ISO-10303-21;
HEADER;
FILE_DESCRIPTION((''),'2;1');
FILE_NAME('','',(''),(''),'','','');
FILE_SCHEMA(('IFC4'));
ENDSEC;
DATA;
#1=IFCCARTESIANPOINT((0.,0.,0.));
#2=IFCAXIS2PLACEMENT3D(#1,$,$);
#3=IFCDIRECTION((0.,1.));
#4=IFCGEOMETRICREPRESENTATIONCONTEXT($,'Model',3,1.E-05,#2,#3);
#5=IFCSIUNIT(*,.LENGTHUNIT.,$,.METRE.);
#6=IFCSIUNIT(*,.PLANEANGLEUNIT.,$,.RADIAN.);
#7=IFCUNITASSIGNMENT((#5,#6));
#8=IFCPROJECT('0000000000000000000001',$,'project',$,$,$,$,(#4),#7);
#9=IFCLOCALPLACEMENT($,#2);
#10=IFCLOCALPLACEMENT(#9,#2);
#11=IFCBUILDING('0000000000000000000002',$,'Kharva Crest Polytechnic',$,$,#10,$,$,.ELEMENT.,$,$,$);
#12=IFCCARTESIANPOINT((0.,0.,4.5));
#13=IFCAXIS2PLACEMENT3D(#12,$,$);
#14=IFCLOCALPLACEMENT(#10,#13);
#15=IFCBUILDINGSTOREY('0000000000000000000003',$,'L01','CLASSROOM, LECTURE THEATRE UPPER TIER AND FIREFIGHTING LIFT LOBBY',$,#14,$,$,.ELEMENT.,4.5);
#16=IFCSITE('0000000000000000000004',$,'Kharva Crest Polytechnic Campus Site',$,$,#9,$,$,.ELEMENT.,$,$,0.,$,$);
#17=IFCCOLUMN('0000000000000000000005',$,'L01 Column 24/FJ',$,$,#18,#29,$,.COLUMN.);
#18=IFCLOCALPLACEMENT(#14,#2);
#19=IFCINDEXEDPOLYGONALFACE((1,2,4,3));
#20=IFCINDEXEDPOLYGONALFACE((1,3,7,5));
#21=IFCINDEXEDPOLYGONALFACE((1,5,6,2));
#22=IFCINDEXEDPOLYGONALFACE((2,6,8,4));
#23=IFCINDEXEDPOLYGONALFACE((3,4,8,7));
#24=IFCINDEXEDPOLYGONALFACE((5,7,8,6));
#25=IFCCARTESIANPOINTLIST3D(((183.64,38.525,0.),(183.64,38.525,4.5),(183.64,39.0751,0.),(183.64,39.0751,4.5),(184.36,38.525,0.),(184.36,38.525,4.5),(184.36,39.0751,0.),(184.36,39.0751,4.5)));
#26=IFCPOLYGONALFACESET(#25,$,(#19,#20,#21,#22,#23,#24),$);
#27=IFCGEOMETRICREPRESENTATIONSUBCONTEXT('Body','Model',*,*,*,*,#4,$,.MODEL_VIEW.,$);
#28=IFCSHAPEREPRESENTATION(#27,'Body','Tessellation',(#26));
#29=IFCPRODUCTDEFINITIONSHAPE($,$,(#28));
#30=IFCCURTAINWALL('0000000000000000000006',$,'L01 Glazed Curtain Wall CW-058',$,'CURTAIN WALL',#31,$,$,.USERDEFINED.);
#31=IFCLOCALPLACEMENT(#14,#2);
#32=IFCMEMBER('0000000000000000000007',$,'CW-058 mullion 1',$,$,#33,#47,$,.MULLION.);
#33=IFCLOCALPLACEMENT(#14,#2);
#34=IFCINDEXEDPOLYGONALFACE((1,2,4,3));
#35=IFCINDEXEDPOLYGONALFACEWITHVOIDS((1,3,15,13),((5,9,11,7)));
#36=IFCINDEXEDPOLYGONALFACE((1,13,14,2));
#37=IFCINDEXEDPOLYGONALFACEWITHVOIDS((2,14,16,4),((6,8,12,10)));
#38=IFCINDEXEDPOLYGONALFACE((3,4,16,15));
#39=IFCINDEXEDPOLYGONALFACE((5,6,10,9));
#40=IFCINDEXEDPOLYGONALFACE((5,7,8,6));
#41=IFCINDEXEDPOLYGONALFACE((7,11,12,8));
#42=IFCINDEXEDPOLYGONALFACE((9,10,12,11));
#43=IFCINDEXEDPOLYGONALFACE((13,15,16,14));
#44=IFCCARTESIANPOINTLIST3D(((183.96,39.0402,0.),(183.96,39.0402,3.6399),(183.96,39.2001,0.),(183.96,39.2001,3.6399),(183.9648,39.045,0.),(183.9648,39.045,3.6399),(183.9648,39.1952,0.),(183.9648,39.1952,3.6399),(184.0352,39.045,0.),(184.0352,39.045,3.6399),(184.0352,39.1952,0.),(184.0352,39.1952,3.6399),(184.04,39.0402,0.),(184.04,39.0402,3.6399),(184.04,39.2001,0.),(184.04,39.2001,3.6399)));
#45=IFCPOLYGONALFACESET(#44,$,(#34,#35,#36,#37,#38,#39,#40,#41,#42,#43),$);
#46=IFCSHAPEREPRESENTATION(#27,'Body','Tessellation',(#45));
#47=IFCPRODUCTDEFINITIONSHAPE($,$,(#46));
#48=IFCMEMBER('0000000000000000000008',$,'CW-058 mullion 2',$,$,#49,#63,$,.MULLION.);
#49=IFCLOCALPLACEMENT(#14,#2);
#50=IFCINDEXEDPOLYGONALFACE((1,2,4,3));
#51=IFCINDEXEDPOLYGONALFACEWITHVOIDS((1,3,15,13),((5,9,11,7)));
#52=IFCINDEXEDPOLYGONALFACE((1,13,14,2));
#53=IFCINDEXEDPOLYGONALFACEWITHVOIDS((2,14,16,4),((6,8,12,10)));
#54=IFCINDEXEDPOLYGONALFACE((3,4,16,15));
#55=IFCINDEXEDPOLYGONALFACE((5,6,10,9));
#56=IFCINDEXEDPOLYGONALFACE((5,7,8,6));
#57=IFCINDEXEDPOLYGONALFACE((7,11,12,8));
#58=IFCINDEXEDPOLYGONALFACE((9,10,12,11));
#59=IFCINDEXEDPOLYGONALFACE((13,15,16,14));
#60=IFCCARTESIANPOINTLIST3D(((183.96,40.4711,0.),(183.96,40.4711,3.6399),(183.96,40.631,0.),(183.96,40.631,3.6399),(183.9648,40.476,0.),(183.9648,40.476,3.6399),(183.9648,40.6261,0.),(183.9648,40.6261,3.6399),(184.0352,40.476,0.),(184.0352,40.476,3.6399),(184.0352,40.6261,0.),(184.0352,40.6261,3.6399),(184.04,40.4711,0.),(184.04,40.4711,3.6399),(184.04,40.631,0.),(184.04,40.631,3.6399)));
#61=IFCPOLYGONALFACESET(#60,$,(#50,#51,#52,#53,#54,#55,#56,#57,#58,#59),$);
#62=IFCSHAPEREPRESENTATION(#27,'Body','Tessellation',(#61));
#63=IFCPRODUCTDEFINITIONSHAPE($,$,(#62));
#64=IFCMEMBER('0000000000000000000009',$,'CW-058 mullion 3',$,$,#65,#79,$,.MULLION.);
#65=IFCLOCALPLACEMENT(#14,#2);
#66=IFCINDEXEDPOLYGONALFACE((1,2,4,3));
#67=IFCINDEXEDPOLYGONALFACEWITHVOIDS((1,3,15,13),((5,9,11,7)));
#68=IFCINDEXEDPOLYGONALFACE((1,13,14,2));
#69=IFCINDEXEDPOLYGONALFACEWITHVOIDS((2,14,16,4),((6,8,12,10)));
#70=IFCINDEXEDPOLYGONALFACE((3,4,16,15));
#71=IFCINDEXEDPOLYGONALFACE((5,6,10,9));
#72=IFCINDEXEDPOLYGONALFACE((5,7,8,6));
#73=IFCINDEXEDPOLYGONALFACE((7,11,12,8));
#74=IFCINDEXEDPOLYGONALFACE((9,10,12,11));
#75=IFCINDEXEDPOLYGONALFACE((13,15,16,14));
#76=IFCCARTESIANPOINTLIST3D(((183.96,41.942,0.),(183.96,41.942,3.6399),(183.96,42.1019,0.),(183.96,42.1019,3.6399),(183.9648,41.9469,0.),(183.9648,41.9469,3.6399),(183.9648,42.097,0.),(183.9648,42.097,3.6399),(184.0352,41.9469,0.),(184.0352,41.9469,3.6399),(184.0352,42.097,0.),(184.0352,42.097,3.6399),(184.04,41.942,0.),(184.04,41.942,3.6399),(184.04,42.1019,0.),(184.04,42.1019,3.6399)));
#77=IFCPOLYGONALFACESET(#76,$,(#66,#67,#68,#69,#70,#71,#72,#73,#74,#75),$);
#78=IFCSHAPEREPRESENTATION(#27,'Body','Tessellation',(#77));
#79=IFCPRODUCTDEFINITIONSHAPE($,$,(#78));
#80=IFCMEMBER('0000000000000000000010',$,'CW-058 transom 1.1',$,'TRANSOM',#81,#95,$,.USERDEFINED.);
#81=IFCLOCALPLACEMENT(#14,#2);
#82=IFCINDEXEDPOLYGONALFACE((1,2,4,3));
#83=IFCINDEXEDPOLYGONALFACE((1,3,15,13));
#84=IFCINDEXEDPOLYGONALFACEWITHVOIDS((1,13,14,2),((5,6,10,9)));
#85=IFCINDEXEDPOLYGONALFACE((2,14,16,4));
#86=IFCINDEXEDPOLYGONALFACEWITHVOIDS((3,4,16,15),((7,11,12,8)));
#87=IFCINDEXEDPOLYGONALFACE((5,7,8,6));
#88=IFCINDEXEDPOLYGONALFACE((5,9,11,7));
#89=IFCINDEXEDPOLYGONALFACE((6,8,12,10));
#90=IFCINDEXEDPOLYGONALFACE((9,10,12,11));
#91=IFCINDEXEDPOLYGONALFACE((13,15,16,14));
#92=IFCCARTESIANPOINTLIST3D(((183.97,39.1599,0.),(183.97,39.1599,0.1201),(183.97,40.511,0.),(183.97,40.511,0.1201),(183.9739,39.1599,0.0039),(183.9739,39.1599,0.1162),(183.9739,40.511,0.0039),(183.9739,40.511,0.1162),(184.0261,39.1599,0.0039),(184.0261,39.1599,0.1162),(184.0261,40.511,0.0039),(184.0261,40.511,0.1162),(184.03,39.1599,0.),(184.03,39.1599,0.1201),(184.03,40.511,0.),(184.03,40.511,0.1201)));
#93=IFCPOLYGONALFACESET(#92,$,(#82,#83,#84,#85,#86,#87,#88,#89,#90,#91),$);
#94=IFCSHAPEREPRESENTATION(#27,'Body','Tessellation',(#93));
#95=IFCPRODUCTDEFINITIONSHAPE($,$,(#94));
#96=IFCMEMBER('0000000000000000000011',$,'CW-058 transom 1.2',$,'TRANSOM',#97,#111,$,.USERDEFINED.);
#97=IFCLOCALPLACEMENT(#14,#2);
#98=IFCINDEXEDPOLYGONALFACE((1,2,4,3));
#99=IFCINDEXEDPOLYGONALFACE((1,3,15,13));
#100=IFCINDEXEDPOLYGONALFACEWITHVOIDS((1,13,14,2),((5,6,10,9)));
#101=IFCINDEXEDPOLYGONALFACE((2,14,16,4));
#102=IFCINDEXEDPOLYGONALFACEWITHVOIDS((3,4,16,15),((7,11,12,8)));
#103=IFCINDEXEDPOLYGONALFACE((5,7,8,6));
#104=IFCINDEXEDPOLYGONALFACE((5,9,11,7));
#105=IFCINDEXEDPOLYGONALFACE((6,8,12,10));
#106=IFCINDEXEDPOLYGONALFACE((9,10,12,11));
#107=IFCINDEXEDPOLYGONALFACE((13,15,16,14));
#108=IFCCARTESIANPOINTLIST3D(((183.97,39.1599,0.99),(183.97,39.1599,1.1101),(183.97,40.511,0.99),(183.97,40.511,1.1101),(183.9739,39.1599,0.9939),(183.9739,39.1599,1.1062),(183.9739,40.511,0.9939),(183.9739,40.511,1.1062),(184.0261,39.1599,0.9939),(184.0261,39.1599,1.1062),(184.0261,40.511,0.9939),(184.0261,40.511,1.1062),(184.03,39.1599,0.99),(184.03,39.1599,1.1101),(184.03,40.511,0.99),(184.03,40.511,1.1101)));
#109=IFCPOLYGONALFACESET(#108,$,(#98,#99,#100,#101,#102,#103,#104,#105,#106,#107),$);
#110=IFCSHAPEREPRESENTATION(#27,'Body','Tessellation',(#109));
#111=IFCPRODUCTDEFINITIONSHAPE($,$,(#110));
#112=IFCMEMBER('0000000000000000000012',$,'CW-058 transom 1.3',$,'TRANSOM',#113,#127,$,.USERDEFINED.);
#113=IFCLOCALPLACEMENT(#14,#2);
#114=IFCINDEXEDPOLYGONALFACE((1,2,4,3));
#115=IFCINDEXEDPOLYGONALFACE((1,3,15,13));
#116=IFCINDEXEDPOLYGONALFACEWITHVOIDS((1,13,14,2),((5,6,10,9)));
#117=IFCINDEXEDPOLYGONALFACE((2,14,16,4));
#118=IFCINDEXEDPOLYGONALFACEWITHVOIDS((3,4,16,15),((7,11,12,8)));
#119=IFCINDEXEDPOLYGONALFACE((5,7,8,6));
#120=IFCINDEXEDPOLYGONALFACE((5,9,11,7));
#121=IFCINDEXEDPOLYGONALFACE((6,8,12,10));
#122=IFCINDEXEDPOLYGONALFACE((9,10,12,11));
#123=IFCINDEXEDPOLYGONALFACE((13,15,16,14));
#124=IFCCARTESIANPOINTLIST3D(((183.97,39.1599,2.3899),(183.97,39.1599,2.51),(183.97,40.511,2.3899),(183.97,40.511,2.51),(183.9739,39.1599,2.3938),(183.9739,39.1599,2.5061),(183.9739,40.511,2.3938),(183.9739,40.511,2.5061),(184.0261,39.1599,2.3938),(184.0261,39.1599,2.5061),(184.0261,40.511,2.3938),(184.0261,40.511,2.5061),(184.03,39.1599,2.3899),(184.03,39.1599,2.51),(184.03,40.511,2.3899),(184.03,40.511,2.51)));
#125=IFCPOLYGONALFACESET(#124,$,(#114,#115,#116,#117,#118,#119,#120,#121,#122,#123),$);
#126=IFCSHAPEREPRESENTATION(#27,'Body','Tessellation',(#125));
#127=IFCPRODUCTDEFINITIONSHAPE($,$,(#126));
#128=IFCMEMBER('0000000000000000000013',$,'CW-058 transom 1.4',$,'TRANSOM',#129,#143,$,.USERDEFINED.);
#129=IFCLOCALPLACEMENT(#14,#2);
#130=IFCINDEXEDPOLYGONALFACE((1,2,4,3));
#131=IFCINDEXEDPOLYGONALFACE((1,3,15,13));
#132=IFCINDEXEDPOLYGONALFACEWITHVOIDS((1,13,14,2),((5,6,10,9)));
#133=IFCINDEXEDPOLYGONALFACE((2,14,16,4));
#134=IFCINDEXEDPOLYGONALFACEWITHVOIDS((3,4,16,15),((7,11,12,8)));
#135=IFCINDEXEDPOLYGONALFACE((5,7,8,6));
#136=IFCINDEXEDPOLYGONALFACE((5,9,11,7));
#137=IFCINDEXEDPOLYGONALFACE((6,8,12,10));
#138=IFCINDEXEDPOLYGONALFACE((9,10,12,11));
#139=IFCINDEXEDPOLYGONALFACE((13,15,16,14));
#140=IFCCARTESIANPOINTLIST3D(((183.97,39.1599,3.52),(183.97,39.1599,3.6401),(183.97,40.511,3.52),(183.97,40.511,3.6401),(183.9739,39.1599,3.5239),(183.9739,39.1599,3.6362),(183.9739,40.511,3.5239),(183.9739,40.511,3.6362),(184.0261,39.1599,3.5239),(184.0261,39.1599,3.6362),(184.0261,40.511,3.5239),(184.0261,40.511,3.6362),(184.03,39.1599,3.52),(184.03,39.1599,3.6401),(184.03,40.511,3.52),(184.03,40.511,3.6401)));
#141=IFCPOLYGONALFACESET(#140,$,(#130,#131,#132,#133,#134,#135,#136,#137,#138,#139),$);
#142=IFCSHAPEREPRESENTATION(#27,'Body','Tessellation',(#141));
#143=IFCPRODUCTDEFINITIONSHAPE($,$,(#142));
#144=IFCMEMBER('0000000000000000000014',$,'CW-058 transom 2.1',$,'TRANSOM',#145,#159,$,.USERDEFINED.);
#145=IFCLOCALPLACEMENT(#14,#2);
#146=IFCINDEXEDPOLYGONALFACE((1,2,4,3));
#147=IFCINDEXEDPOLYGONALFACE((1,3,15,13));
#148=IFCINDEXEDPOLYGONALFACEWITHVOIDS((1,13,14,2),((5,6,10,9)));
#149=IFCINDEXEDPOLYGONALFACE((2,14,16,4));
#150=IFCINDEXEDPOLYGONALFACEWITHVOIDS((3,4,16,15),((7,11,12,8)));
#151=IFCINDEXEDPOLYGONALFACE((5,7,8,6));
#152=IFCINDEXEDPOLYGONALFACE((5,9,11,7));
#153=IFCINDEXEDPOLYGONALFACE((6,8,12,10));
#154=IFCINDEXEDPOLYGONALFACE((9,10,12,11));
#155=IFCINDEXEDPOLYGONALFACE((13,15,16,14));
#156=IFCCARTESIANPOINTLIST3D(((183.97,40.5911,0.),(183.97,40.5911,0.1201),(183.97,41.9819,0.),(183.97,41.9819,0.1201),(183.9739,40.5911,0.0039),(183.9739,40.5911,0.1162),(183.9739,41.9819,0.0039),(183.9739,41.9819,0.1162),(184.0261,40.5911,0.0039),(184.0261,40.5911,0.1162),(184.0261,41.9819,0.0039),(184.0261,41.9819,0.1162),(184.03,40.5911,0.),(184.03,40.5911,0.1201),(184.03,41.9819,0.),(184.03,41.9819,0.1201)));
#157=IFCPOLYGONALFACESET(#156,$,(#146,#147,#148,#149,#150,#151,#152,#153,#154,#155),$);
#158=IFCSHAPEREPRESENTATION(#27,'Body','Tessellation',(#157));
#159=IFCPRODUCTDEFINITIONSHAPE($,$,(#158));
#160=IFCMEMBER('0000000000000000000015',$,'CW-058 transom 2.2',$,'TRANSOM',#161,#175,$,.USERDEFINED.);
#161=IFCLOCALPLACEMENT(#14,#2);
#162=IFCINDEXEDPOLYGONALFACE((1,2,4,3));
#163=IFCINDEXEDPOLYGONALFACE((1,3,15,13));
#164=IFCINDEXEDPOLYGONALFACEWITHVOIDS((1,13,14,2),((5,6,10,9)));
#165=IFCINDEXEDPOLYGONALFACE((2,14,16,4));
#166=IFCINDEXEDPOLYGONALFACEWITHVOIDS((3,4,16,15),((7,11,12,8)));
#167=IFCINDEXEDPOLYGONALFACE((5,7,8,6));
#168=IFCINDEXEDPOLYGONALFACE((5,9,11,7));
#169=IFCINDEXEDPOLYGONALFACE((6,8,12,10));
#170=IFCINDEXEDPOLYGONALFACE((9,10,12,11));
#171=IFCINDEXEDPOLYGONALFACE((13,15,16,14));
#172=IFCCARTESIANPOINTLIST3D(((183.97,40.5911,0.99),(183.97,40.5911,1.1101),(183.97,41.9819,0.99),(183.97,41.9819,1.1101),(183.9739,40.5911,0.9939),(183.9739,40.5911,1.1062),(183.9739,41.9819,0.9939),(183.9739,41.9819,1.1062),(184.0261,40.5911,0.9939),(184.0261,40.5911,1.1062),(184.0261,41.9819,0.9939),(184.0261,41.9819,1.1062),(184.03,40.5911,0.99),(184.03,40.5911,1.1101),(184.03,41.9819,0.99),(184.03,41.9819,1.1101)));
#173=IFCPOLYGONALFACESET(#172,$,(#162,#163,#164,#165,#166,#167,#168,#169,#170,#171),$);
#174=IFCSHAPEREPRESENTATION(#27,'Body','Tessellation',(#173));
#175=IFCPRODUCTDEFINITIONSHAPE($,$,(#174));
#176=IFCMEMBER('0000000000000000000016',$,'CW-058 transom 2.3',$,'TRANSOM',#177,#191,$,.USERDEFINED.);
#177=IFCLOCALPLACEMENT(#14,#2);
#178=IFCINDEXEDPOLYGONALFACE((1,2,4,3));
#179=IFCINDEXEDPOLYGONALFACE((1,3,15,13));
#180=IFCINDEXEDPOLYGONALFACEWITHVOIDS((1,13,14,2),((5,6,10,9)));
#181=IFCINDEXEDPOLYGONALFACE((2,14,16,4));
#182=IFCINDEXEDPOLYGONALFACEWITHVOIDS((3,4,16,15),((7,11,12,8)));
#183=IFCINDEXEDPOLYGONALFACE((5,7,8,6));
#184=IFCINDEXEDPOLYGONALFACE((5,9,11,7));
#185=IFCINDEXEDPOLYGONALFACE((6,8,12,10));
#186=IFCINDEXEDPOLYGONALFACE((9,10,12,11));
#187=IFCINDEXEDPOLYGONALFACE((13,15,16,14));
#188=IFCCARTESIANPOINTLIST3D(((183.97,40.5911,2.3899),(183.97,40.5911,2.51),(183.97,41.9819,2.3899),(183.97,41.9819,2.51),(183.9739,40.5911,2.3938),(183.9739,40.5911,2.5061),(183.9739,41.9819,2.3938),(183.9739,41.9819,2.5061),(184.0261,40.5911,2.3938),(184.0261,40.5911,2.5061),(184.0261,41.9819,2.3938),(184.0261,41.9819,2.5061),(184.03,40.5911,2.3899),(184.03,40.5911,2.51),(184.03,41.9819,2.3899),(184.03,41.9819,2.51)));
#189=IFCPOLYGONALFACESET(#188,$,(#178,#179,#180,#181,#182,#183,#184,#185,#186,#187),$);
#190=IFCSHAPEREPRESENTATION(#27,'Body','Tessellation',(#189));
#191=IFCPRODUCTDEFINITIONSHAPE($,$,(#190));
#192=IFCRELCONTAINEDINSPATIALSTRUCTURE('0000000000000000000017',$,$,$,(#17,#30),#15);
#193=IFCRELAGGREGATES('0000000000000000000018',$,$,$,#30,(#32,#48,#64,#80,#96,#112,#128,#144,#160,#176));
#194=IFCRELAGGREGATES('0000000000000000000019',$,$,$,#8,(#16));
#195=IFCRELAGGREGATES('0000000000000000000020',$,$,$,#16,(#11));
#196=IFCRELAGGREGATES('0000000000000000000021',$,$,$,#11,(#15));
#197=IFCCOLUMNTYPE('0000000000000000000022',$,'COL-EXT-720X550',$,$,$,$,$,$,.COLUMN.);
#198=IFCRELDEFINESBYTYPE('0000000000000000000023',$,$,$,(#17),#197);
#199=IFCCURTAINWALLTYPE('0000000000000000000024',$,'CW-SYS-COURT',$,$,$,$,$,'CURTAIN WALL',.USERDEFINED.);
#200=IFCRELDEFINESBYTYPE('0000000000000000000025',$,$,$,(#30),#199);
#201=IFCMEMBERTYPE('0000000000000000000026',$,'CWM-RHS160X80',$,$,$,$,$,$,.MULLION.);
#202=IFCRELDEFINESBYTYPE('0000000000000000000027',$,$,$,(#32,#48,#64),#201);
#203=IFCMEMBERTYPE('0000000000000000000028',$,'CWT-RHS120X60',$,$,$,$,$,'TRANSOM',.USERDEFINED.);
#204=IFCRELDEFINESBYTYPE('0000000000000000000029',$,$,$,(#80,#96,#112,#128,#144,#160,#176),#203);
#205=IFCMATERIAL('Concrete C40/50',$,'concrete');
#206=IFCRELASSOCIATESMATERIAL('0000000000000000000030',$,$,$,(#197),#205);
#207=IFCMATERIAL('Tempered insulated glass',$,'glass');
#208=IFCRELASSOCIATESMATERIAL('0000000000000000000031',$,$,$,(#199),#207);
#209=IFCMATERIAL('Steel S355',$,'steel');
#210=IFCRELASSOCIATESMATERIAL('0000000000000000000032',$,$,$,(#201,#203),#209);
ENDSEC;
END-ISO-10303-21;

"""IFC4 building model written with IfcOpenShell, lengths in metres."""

from ifc_helpers import new_model, si_unit, direction, frame, origin, origin_2d, place, context, subcontext, project, spatial, rectangle, hollow_rectangle, extrude, material, material_profile, profile_set, type_object, element, aggregate, save


model = new_model("IFC4")

# Units and contexts
model_context = context("Model", 3, precision=1e-05, world=origin(), true_north=direction((0.0, 1.0)))
body_context = subcontext(model_context, "Body", "Model", "MODEL_VIEW")
ifc_project = project(units=[si_unit("LENGTHUNIT", "METRE"), si_unit("PLANEANGLEUNIT", "RADIAN")], contexts=[model_context])

# Site, building, storey
site_placement = place(None, origin())
site = spatial("IfcSite", under=ifc_project, at=site_placement, Name="Kharva Crest Polytechnic Campus Site", CompositionType="ELEMENT", RefElevation=0.0)
building_placement = place(site_placement, origin())
building = spatial("IfcBuilding", under=site, at=building_placement, Name="Kharva Crest Polytechnic", CompositionType="ELEMENT")
storey_placement = place(building_placement, frame((0.0, 0.0, 4.5)))
storey = spatial("IfcBuildingStorey", under=building, at=storey_placement, Name="L01", Description="CLASSROOM, LECTURE THEATRE UPPER TIER AND FIREFIGHTING LIFT LOBBY", CompositionType="ELEMENT", Elevation=4.5)

# Column
ifc_material_1 = material(Name="Concrete C40/50", Category="concrete")
ifc_material_profile_1 = material_profile(ifc_material_1, rectangle(XDim=0.72, YDim=0.55, at=origin_2d()), Name="RECT 720 X 550")
ifc_profile_set_1 = profile_set([ifc_material_profile_1], Name="Concrete C40/50")
column_type = type_object("IfcColumnType", Name="COL-EXT-720X550", PredefinedType="COLUMN", material=ifc_profile_set_1)
column_placement = place(storey_placement, frame((184.0, 38.8, 0.0), z_axis=(0.0, 0.0, 1.0), x_axis=(1.0, 0.0, 0.0)))
element("IfcColumn", 1, at=column_placement, inside=storey, type_object=column_type, Name="L01 Column 24/FJ", PredefinedType="COLUMN", context=body_context, shape_type="SweptSolid", body=[
    extrude(rectangle(XDim=0.72, YDim=0.55, at=origin_2d()), origin(), (0.0, 0.0, 1.0), 4.5),
])

# Curtain wall, members
ifc_material_2 = material(Name="Tempered insulated glass", Category="glass")
curtain_wall_type = type_object("IfcCurtainWallType", Name="CW-SYS-COURT", ElementType="CURTAIN WALL", PredefinedType="USERDEFINED", material=ifc_material_2)
curtain_wall_placement = place(storey_placement, origin())
curtain_wall = element("IfcCurtainWall", 2, at=curtain_wall_placement, inside=storey, type_object=curtain_wall_type, Name="L01 Glazed Curtain Wall CW-058", ObjectType="CURTAIN WALL", PredefinedType="USERDEFINED")
ifc_material_3 = material(Name="Steel S355", Category="steel")
ifc_material_profile_2 = material_profile(ifc_material_3, hollow_rectangle(XDim=0.0801, YDim=0.1599, WallThickness=0.0049, at=origin_2d()), Name="RHS 160X80X5.0")
ifc_profile_set_2 = profile_set([ifc_material_profile_2], Name="Steel S355")
member_type_1 = type_object("IfcMemberType", Name="CWM-RHS160X80", PredefinedType="MULLION", material=ifc_profile_set_2)
member_1_placement = place(storey_placement, frame((184.0, 39.1201, 0.0), z_axis=(0.0, 0.0, 1.0), x_axis=(-1.0, 0.0, 0.0)))
member_1 = element("IfcMember", 3, at=member_1_placement, type_object=member_type_1, Name="CW-058 mullion 1", PredefinedType="MULLION", context=body_context, shape_type="SweptSolid", body=[
    extrude(hollow_rectangle(XDim=0.0801, YDim=0.1599, WallThickness=0.0049, at=origin_2d()), origin(), (0.0, 0.0, 1.0), 3.6399),
])
member_2_placement = place(storey_placement, frame((184.0, 40.551, 0.0), z_axis=(0.0, 0.0, 1.0), x_axis=(-1.0, 0.0, 0.0)))
member_2 = element("IfcMember", 4, at=member_2_placement, type_object=member_type_1, Name="CW-058 mullion 2", PredefinedType="MULLION", context=body_context, shape_type="SweptSolid", body=[
    extrude(hollow_rectangle(XDim=0.0801, YDim=0.1599, WallThickness=0.0049, at=origin_2d()), origin(), (0.0, 0.0, 1.0), 3.6399),
])
member_3_placement = place(storey_placement, frame((184.0, 42.022, 0.0), z_axis=(0.0, 0.0, 1.0), x_axis=(-1.0, 0.0, 0.0)))
member_3 = element("IfcMember", 5, at=member_3_placement, type_object=member_type_1, Name="CW-058 mullion 3", PredefinedType="MULLION", context=body_context, shape_type="SweptSolid", body=[
    extrude(hollow_rectangle(XDim=0.0801, YDim=0.1599, WallThickness=0.0049, at=origin_2d()), origin(), (0.0, 0.0, 1.0), 3.6399),
])
ifc_material_profile_3 = material_profile(ifc_material_3, hollow_rectangle(XDim=0.0601, YDim=0.1201, WallThickness=0.0039, at=origin_2d()), Name="RHS 120X60X4.0")
ifc_profile_set_3 = profile_set([ifc_material_profile_3], Name="Steel S355")
member_type_2 = type_object("IfcMemberType", Name="CWT-RHS120X60", ElementType="TRANSOM", PredefinedType="USERDEFINED", material=ifc_profile_set_3)
member_4_placement = place(storey_placement, frame((184.0, 39.1599, 0.0601), z_axis=(0.0, 1.0, 0.0), x_axis=(-1.0, 0.0, 0.0)))
member_4 = element("IfcMember", 6, at=member_4_placement, type_object=member_type_2, Name="CW-058 transom 1.1", ObjectType="TRANSOM", PredefinedType="USERDEFINED", context=body_context, shape_type="SweptSolid", body=[
    extrude(hollow_rectangle(XDim=0.0601, YDim=0.1201, WallThickness=0.0039, at=origin_2d()), origin(), (0.0, 0.0, 1.0), 1.3511),
])
member_5_placement = place(storey_placement, frame((184.0, 39.1599, 1.05), z_axis=(0.0, 1.0, 0.0), x_axis=(-1.0, 0.0, 0.0)))
member_5 = element("IfcMember", 7, at=member_5_placement, type_object=member_type_2, Name="CW-058 transom 1.2", ObjectType="TRANSOM", PredefinedType="USERDEFINED", context=body_context, shape_type="SweptSolid", body=[
    extrude(hollow_rectangle(XDim=0.0601, YDim=0.1201, WallThickness=0.0039, at=origin_2d()), origin(), (0.0, 0.0, 1.0), 1.3511),
])
member_6_placement = place(storey_placement, frame((184.0, 39.1599, 2.45), z_axis=(0.0, 1.0, 0.0), x_axis=(-1.0, 0.0, 0.0)))
member_6 = element("IfcMember", 8, at=member_6_placement, type_object=member_type_2, Name="CW-058 transom 1.3", ObjectType="TRANSOM", PredefinedType="USERDEFINED", context=body_context, shape_type="SweptSolid", body=[
    extrude(hollow_rectangle(XDim=0.0601, YDim=0.1201, WallThickness=0.0039, at=origin_2d()), origin(), (0.0, 0.0, 1.0), 1.3511),
])
member_7_placement = place(storey_placement, frame((184.0, 39.1599, 3.5801), z_axis=(0.0, 1.0, 0.0), x_axis=(-1.0, 0.0, 0.0)))
member_7 = element("IfcMember", 9, at=member_7_placement, type_object=member_type_2, Name="CW-058 transom 1.4", ObjectType="TRANSOM", PredefinedType="USERDEFINED", context=body_context, shape_type="SweptSolid", body=[
    extrude(hollow_rectangle(XDim=0.0601, YDim=0.1201, WallThickness=0.0039, at=origin_2d()), origin(), (0.0, 0.0, 1.0), 1.3511),
])
member_8_placement = place(storey_placement, frame((184.0, 40.5911, 0.0601), z_axis=(0.0, 1.0, 0.0), x_axis=(-1.0, 0.0, 0.0)))
member_8 = element("IfcMember", 10, at=member_8_placement, type_object=member_type_2, Name="CW-058 transom 2.1", ObjectType="TRANSOM", PredefinedType="USERDEFINED", context=body_context, shape_type="SweptSolid", body=[
    extrude(hollow_rectangle(XDim=0.0601, YDim=0.1201, WallThickness=0.0039, at=origin_2d()), origin(), (0.0, 0.0, 1.0), 1.3909),
])
member_9_placement = place(storey_placement, frame((184.0, 40.5911, 1.05), z_axis=(0.0, 1.0, 0.0), x_axis=(-1.0, 0.0, 0.0)))
member_9 = element("IfcMember", 11, at=member_9_placement, type_object=member_type_2, Name="CW-058 transom 2.2", ObjectType="TRANSOM", PredefinedType="USERDEFINED", context=body_context, shape_type="SweptSolid", body=[
    extrude(hollow_rectangle(XDim=0.0601, YDim=0.1201, WallThickness=0.0039, at=origin_2d()), origin(), (0.0, 0.0, 1.0), 1.3909),
])
member_10_placement = place(storey_placement, frame((184.0, 40.5911, 2.45), z_axis=(0.0, 1.0, 0.0), x_axis=(-1.0, 0.0, 0.0)))
member_10 = element("IfcMember", 12, at=member_10_placement, type_object=member_type_2, Name="CW-058 transom 2.3", ObjectType="TRANSOM", PredefinedType="USERDEFINED", context=body_context, shape_type="SweptSolid", body=[
    extrude(hollow_rectangle(XDim=0.0601, YDim=0.1201, WallThickness=0.0039, at=origin_2d()), origin(), (0.0, 0.0, 1.0), 1.3909),
])

aggregate(curtain_wall, [member_1, member_2, member_3, member_4, member_5, member_6, member_7, member_8, member_9, member_10])

save(model, "model.ifc")
